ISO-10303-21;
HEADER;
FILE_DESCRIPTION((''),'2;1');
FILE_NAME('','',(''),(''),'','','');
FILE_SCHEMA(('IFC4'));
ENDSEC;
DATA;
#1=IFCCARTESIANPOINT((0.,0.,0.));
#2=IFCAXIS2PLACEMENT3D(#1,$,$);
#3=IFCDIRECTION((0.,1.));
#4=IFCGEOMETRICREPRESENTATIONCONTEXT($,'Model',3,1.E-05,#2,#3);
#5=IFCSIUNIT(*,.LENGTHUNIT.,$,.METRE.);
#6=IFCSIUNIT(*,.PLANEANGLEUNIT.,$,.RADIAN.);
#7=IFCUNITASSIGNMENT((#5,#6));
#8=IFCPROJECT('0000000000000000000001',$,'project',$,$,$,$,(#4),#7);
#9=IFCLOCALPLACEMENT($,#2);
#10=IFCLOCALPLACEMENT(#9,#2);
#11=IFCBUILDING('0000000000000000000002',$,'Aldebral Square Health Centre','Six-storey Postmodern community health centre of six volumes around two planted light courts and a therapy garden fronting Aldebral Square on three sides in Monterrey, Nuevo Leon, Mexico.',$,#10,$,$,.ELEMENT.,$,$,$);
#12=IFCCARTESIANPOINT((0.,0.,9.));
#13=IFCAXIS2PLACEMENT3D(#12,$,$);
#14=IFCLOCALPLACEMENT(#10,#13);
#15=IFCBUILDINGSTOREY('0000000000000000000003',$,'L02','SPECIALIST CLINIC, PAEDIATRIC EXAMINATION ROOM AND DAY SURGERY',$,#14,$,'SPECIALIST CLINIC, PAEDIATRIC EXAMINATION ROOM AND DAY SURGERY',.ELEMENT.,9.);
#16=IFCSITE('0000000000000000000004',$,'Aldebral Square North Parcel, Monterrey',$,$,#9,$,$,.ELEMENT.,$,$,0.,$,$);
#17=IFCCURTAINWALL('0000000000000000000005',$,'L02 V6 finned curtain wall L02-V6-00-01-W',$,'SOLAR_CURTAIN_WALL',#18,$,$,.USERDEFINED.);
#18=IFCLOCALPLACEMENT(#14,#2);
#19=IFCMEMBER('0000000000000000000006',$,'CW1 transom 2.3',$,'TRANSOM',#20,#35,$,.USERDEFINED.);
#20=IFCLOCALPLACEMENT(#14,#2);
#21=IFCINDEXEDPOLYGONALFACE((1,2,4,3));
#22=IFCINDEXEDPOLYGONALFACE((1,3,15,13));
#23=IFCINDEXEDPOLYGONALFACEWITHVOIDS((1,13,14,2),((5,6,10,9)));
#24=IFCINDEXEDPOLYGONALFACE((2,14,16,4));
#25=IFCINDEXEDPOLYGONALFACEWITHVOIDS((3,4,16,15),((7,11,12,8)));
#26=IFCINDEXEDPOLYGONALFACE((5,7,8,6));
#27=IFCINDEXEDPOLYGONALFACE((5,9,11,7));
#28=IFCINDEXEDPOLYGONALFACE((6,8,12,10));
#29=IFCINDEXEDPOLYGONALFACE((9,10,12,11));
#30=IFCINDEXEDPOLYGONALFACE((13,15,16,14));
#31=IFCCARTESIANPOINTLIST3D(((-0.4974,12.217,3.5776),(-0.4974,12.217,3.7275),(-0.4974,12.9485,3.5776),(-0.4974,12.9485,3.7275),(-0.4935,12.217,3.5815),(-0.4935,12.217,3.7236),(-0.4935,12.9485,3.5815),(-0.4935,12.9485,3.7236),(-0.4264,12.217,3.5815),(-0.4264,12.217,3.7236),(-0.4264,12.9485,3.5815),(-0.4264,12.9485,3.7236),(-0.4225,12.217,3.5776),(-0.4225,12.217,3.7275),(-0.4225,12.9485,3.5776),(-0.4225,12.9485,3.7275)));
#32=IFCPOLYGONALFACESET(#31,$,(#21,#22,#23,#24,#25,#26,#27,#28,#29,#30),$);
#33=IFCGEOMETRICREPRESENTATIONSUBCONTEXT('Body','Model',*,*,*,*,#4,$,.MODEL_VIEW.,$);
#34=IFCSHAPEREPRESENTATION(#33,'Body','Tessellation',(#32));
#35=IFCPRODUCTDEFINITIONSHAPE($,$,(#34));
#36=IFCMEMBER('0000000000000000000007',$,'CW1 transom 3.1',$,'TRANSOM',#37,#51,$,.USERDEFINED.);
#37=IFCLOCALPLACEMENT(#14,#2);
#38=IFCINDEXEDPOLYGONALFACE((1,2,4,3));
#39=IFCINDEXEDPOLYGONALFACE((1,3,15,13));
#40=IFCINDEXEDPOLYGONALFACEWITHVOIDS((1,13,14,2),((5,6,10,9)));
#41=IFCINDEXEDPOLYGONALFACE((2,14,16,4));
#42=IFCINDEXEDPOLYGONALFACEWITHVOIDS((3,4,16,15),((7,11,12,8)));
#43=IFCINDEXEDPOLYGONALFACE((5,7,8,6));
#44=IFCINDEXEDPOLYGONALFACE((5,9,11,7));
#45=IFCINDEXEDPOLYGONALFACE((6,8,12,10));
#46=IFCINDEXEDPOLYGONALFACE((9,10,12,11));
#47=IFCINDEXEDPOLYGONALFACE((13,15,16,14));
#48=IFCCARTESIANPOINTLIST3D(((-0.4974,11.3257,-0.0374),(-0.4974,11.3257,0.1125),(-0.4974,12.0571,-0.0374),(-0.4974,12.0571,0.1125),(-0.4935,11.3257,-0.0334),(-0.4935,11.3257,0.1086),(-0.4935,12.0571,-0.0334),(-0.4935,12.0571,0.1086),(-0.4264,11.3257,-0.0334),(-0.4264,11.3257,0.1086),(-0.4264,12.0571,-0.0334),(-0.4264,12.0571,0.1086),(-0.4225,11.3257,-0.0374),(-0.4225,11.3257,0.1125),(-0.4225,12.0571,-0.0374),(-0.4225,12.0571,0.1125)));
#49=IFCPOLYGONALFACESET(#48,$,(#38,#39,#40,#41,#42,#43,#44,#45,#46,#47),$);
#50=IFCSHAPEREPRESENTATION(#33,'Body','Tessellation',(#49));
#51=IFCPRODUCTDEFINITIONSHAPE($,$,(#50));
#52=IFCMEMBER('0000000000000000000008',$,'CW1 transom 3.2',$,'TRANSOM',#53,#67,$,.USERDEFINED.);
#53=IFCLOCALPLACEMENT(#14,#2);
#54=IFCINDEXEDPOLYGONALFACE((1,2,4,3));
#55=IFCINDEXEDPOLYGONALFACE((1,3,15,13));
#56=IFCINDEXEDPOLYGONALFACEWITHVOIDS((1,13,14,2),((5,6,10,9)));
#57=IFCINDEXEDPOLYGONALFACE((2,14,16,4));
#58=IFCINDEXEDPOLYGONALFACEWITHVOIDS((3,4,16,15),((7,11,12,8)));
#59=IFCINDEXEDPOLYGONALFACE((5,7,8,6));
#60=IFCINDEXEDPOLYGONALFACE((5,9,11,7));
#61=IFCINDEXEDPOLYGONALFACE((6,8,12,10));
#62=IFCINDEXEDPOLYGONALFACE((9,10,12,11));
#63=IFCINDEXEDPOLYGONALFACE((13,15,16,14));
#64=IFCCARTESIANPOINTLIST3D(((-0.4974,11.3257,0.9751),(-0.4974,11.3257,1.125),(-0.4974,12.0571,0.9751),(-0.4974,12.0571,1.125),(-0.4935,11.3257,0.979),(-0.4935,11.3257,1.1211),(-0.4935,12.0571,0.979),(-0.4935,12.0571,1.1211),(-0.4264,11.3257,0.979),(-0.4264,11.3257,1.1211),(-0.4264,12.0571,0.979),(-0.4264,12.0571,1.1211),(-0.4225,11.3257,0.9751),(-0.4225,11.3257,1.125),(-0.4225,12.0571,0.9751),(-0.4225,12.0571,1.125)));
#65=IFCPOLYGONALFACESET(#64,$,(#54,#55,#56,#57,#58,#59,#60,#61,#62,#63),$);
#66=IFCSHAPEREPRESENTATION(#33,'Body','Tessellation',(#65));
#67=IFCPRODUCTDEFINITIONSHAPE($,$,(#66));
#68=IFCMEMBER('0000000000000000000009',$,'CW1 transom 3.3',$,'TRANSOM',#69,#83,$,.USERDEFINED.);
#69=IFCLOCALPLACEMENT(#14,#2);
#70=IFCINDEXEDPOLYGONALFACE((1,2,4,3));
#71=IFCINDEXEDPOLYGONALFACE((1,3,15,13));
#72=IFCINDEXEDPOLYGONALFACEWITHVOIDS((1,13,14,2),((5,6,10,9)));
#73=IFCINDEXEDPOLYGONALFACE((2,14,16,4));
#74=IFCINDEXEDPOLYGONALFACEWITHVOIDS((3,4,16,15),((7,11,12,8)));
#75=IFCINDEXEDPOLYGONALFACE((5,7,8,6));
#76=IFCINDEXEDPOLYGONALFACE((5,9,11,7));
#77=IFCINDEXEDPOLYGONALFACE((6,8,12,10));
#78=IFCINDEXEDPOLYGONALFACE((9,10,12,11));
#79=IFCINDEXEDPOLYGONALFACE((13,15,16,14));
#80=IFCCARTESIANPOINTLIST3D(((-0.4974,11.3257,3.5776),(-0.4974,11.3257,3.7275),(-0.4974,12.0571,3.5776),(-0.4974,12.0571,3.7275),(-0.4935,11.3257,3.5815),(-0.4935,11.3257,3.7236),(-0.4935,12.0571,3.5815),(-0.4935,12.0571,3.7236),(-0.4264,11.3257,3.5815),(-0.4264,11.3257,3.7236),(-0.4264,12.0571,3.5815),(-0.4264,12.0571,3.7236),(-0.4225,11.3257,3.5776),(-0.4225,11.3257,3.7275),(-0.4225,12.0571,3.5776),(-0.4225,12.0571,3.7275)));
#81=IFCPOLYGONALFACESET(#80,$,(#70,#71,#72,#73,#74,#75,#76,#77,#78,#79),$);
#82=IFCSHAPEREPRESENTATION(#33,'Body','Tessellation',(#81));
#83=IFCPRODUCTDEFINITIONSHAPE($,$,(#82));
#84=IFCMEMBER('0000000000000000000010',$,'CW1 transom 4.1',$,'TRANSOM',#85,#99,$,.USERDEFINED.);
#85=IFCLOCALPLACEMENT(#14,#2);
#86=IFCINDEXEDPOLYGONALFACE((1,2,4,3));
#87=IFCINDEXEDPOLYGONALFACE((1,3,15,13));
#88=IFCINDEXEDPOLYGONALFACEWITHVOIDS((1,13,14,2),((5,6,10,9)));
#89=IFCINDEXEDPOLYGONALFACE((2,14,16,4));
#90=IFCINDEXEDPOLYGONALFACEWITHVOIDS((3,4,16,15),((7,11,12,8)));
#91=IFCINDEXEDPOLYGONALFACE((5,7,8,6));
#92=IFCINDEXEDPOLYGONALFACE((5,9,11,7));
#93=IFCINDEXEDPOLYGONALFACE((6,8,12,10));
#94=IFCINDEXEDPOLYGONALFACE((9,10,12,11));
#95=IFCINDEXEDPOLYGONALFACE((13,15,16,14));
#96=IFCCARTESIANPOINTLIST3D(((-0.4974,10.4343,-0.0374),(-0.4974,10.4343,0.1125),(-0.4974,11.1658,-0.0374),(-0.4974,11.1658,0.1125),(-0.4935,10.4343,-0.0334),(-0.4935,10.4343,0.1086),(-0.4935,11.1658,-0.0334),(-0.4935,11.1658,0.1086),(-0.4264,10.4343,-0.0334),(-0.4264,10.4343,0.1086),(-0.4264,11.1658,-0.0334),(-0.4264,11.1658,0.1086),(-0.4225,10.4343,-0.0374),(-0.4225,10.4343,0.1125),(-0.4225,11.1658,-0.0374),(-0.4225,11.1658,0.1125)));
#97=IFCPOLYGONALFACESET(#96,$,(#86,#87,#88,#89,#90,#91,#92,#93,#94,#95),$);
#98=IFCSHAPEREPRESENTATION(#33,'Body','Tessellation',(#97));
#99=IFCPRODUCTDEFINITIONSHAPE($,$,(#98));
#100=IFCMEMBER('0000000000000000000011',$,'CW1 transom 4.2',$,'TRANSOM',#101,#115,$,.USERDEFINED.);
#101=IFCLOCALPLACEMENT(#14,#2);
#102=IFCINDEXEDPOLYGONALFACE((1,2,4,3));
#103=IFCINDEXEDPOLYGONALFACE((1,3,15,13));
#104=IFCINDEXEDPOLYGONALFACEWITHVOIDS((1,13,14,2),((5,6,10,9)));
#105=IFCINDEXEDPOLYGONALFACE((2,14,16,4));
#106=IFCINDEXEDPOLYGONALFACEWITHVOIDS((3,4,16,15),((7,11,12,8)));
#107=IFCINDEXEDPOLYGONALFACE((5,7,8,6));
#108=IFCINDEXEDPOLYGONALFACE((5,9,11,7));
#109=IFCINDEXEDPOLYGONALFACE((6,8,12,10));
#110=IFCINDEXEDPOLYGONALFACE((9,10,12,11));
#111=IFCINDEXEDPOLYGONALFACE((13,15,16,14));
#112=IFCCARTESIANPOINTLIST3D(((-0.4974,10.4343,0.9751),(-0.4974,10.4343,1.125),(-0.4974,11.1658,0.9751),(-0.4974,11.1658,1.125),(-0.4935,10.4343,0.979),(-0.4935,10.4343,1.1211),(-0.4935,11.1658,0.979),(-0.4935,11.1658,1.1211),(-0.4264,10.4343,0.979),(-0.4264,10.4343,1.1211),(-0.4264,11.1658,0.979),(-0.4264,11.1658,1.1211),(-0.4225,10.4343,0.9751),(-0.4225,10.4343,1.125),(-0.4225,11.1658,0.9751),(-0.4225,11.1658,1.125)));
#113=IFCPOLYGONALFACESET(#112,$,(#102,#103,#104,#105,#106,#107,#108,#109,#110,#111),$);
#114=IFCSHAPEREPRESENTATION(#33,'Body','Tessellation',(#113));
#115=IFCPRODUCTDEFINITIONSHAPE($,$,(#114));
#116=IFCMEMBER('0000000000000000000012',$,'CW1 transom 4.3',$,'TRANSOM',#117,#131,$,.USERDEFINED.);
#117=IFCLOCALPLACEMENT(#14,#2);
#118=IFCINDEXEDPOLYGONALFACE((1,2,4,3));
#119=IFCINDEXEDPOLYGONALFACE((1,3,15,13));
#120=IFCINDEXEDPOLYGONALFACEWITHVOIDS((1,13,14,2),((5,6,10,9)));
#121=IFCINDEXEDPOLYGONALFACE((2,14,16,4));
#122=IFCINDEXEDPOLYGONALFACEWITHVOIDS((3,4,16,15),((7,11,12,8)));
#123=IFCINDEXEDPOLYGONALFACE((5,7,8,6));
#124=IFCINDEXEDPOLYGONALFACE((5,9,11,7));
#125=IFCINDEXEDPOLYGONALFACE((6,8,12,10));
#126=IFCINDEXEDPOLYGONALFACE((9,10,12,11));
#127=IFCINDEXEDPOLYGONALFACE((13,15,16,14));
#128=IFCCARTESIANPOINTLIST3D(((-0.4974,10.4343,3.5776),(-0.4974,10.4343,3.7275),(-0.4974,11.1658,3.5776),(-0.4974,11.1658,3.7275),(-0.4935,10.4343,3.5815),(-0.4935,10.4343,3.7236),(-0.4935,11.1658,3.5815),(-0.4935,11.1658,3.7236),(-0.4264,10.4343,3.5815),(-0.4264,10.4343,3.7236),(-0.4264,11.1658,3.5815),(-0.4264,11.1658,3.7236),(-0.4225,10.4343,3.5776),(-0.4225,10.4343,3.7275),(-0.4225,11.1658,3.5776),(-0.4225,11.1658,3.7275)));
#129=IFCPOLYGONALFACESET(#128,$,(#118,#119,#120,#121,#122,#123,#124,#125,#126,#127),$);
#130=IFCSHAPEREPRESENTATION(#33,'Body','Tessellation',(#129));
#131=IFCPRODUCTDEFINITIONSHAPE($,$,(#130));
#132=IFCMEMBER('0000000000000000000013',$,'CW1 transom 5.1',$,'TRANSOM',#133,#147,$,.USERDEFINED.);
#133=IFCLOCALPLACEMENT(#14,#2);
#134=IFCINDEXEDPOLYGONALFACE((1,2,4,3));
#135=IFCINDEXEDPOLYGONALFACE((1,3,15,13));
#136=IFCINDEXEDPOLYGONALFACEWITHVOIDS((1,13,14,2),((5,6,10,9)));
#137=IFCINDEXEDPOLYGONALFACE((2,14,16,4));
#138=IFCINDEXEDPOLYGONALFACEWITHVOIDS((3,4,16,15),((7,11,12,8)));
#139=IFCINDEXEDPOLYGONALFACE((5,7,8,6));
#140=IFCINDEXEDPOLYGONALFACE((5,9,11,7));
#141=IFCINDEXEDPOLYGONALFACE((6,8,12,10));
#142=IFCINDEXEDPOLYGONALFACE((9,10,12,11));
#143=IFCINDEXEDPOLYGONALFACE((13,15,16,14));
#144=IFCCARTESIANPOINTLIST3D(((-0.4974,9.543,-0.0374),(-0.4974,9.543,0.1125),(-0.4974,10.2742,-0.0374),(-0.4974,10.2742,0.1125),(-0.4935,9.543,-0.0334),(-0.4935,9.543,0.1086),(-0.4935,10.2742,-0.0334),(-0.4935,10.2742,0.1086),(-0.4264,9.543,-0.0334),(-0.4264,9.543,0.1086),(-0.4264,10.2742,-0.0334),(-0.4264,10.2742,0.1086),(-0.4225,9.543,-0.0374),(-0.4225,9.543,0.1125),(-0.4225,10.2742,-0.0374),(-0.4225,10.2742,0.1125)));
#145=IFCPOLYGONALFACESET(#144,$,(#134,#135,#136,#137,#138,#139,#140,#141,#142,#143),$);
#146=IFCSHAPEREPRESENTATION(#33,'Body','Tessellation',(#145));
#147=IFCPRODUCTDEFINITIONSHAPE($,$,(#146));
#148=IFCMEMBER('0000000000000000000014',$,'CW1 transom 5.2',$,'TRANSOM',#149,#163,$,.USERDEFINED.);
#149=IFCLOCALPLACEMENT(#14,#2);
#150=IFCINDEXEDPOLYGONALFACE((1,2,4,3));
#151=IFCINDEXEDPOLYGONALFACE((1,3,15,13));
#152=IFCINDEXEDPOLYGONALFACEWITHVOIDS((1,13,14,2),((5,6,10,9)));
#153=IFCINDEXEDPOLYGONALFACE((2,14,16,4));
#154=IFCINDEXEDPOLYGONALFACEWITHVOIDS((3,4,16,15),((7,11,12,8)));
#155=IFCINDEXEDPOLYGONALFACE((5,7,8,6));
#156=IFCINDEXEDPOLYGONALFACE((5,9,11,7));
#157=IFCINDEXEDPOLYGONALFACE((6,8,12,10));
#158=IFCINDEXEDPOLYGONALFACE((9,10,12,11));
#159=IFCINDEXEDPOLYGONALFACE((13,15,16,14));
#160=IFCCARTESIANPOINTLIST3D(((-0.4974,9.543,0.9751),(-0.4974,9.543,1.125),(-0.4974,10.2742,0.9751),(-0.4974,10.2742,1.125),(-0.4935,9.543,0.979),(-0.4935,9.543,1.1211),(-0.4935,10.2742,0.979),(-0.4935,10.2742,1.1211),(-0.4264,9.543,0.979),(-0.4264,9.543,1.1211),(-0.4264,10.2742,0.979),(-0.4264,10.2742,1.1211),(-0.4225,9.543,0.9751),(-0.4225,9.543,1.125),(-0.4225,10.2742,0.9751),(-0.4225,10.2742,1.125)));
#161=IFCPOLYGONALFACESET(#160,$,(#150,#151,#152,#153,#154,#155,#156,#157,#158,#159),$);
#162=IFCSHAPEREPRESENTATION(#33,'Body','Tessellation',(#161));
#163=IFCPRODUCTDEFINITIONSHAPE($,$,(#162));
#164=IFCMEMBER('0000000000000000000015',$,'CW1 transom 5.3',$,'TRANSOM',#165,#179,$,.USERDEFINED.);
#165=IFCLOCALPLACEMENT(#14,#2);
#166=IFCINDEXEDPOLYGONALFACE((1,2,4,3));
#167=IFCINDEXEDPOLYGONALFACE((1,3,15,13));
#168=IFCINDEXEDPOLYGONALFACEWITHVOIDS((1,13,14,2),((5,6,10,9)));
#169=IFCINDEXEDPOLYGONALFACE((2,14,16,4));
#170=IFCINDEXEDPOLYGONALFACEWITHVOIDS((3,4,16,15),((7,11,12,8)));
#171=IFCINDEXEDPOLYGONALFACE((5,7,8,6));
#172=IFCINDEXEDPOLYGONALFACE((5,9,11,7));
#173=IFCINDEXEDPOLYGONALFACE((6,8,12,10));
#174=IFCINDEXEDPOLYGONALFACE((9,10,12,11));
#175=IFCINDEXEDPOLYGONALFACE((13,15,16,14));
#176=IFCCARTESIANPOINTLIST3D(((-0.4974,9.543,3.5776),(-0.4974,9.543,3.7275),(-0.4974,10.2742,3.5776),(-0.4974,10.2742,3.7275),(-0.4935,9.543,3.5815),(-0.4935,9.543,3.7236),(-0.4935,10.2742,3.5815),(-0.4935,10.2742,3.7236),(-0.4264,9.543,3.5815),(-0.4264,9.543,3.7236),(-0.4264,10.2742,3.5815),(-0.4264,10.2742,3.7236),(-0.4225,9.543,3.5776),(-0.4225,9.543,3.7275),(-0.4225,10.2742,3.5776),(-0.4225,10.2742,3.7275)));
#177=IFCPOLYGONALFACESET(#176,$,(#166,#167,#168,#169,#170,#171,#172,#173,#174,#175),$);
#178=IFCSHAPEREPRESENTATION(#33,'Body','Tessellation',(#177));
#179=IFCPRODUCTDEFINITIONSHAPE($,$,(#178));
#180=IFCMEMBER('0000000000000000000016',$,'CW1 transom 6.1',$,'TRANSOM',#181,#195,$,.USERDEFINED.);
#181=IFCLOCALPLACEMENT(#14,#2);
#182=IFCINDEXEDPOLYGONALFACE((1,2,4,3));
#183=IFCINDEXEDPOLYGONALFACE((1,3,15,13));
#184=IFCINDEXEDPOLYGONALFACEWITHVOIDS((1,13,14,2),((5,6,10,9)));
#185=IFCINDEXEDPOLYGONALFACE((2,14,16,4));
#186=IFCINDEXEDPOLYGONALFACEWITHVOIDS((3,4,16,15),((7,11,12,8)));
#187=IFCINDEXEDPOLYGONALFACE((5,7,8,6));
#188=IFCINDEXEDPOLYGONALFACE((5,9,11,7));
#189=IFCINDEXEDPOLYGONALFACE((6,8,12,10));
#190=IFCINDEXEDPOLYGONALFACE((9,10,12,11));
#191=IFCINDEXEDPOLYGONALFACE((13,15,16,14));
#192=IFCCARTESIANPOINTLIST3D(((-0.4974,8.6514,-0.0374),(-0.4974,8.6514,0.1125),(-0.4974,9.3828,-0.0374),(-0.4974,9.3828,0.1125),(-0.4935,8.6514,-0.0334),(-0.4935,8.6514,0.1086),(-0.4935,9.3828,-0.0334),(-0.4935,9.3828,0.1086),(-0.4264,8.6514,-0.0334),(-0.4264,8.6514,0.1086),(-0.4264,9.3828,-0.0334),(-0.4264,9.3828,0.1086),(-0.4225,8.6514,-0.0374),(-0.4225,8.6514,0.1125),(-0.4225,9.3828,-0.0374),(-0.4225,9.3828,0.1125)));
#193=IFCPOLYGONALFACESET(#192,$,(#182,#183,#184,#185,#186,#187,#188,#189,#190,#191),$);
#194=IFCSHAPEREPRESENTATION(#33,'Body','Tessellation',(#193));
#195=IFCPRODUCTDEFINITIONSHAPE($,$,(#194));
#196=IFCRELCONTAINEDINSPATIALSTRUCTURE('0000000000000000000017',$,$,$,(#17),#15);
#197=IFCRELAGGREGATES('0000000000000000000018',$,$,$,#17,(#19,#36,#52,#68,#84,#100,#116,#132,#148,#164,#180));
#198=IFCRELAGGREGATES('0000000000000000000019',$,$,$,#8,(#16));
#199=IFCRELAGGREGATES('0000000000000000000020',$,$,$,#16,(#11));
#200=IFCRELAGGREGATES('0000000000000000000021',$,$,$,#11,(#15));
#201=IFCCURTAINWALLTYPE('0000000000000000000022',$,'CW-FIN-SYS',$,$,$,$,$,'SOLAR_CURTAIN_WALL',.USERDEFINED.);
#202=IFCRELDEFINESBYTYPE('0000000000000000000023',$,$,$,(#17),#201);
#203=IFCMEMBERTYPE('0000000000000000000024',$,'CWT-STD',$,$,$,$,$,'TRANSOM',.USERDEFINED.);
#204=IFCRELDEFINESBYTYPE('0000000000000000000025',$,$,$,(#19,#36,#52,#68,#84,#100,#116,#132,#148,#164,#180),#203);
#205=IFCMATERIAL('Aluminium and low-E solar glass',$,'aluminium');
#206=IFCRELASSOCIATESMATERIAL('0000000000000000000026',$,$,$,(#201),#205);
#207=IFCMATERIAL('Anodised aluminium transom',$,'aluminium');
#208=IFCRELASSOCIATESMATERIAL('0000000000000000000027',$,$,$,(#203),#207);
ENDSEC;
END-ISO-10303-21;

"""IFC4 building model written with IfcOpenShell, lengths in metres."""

from ifc_helpers import new_model, si_unit, direction, frame, origin, origin_2d, place, context, subcontext, project, spatial, hollow_rectangle, extrude, material, material_profile, profile_set, type_object, element, aggregate, save


model = new_model("IFC4")

# Units and contexts
model_context = context("Model", 3, precision=1e-05, world=origin(), true_north=direction((0.0, 1.0)))
body_context = subcontext(model_context, "Body", "Model", "MODEL_VIEW")
ifc_project = project(units=[si_unit("LENGTHUNIT", "METRE"), si_unit("PLANEANGLEUNIT", "RADIAN")], contexts=[model_context])

# Site, building, storey
site_placement = place(None, origin())
site = spatial("IfcSite", under=ifc_project, at=site_placement, Name="Aldebral Square North Parcel, Monterrey", CompositionType="ELEMENT", RefElevation=0.0)
building_placement = place(site_placement, origin())
building = spatial("IfcBuilding", under=site, at=building_placement, Name="Aldebral Square Health Centre", Description="Six-storey Postmodern community health centre of six volumes around two planted light courts and a therapy garden fronting Aldebral Square on three sides in Monterrey, Nuevo Leon, Mexico.", CompositionType="ELEMENT")
storey_placement = place(building_placement, frame((0.0, 0.0, 9.0)))
storey = spatial("IfcBuildingStorey", under=building, at=storey_placement, Name="L02", Description="SPECIALIST CLINIC, PAEDIATRIC EXAMINATION ROOM AND DAY SURGERY", LongName="SPECIALIST CLINIC, PAEDIATRIC EXAMINATION ROOM AND DAY SURGERY", CompositionType="ELEMENT", Elevation=9.0)

# Curtain wall, members
ifc_material_1 = material(Name="Aluminium and low-E solar glass", Category="aluminium")
curtain_wall_type = type_object("IfcCurtainWallType", Name="CW-FIN-SYS", ElementType="SOLAR_CURTAIN_WALL", PredefinedType="USERDEFINED", material=ifc_material_1)
curtain_wall_placement = place(storey_placement, origin())
curtain_wall = element("IfcCurtainWall", 1, at=curtain_wall_placement, inside=storey, type_object=curtain_wall_type, Name="L02 V6 finned curtain wall L02-V6-00-01-W", ObjectType="SOLAR_CURTAIN_WALL", PredefinedType="USERDEFINED")
ifc_material_2 = material(Name="Anodised aluminium transom", Category="aluminium")
ifc_material_profile_1 = material_profile(ifc_material_2, hollow_rectangle(XDim=0.075, YDim=0.1499, WallThickness=0.0039, at=origin_2d()), Name="CWT 75x150x4")
ifc_profile_set_1 = profile_set([ifc_material_profile_1], Name="Anodised aluminium transom")
member_type_1 = type_object("IfcMemberType", Name="CWT-STD", ElementType="TRANSOM", PredefinedType="USERDEFINED", material=ifc_profile_set_1)
member_1_placement = place(storey_placement, frame((-0.46, 12.9485, 3.6526), z_axis=(0.0, -1.0, 0.0), x_axis=(1.0, 0.0, 0.0)))
member_1 = element("IfcMember", 2, at=member_1_placement, type_object=member_type_1, Name="CW1 transom 2.3", ObjectType="TRANSOM", PredefinedType="USERDEFINED", context=body_context, shape_type="SweptSolid", body=[
    extrude(hollow_rectangle(XDim=0.075, YDim=0.1499, WallThickness=0.0039, at=origin_2d()), origin(), (0.0, 0.0, 1.0), 0.7314),
])
member_2_placement = place(storey_placement, frame((-0.46, 12.0571, 0.0376), z_axis=(0.0, -1.0, 0.0), x_axis=(1.0, 0.0, 0.0)))
member_2 = element("IfcMember", 3, at=member_2_placement, type_object=member_type_1, Name="CW1 transom 3.1", ObjectType="TRANSOM", PredefinedType="USERDEFINED", context=body_context, shape_type="SweptSolid", body=[
    extrude(hollow_rectangle(XDim=0.075, YDim=0.1499, WallThickness=0.0039, at=origin_2d()), origin(), (0.0, 0.0, 1.0), 0.7314),
])
member_3_placement = place(storey_placement, frame((-0.46, 12.0571, 1.05), z_axis=(0.0, -1.0, 0.0), x_axis=(1.0, 0.0, 0.0)))
member_3 = element("IfcMember", 4, at=member_3_placement, type_object=member_type_1, Name="CW1 transom 3.2", ObjectType="TRANSOM", PredefinedType="USERDEFINED", context=body_context, shape_type="SweptSolid", body=[
    extrude(hollow_rectangle(XDim=0.075, YDim=0.1499, WallThickness=0.0039, at=origin_2d()), origin(), (0.0, 0.0, 1.0), 0.7314),
])
member_4_placement = place(storey_placement, frame((-0.46, 12.0571, 3.6526), z_axis=(0.0, -1.0, 0.0), x_axis=(1.0, 0.0, 0.0)))
member_4 = element("IfcMember", 5, at=member_4_placement, type_object=member_type_1, Name="CW1 transom 3.3", ObjectType="TRANSOM", PredefinedType="USERDEFINED", context=body_context, shape_type="SweptSolid", body=[
    extrude(hollow_rectangle(XDim=0.075, YDim=0.1499, WallThickness=0.0039, at=origin_2d()), origin(), (0.0, 0.0, 1.0), 0.7314),
])
member_5_placement = place(storey_placement, frame((-0.46, 11.1658, 0.0376), z_axis=(0.0, -1.0, 0.0), x_axis=(1.0, 0.0, 0.0)))
member_5 = element("IfcMember", 6, at=member_5_placement, type_object=member_type_1, Name="CW1 transom 4.1", ObjectType="TRANSOM", PredefinedType="USERDEFINED", context=body_context, shape_type="SweptSolid", body=[
    extrude(hollow_rectangle(XDim=0.075, YDim=0.1499, WallThickness=0.0039, at=origin_2d()), origin(), (0.0, 0.0, 1.0), 0.7314),
])
member_6_placement = place(storey_placement, frame((-0.46, 11.1658, 1.05), z_axis=(0.0, -1.0, 0.0), x_axis=(1.0, 0.0, 0.0)))
member_6 = element("IfcMember", 7, at=member_6_placement, type_object=member_type_1, Name="CW1 transom 4.2", ObjectType="TRANSOM", PredefinedType="USERDEFINED", context=body_context, shape_type="SweptSolid", body=[
    extrude(hollow_rectangle(XDim=0.075, YDim=0.1499, WallThickness=0.0039, at=origin_2d()), origin(), (0.0, 0.0, 1.0), 0.7314),
])
member_7_placement = place(storey_placement, frame((-0.46, 11.1658, 3.6526), z_axis=(0.0, -1.0, 0.0), x_axis=(1.0, 0.0, 0.0)))
member_7 = element("IfcMember", 8, at=member_7_placement, type_object=member_type_1, Name="CW1 transom 4.3", ObjectType="TRANSOM", PredefinedType="USERDEFINED", context=body_context, shape_type="SweptSolid", body=[
    extrude(hollow_rectangle(XDim=0.075, YDim=0.1499, WallThickness=0.0039, at=origin_2d()), origin(), (0.0, 0.0, 1.0), 0.7314),
])
member_8_placement = place(storey_placement, frame((-0.46, 10.2742, 0.0376), z_axis=(0.0, -1.0, 0.0), x_axis=(1.0, 0.0, 0.0)))
member_8 = element("IfcMember", 9, at=member_8_placement, type_object=member_type_1, Name="CW1 transom 5.1", ObjectType="TRANSOM", PredefinedType="USERDEFINED", context=body_context, shape_type="SweptSolid", body=[
    extrude(hollow_rectangle(XDim=0.075, YDim=0.1499, WallThickness=0.0039, at=origin_2d()), origin(), (0.0, 0.0, 1.0), 0.7312),
])
member_9_placement = place(storey_placement, frame((-0.46, 10.2742, 1.05), z_axis=(0.0, -1.0, 0.0), x_axis=(1.0, 0.0, 0.0)))
member_9 = element("IfcMember", 10, at=member_9_placement, type_object=member_type_1, Name="CW1 transom 5.2", ObjectType="TRANSOM", PredefinedType="USERDEFINED", context=body_context, shape_type="SweptSolid", body=[
    extrude(hollow_rectangle(XDim=0.075, YDim=0.1499, WallThickness=0.0039, at=origin_2d()), origin(), (0.0, 0.0, 1.0), 0.7312),
])
member_10_placement = place(storey_placement, frame((-0.46, 10.2742, 3.6526), z_axis=(0.0, -1.0, 0.0), x_axis=(1.0, 0.0, 0.0)))
member_10 = element("IfcMember", 11, at=member_10_placement, type_object=member_type_1, Name="CW1 transom 5.3", ObjectType="TRANSOM", PredefinedType="USERDEFINED", context=body_context, shape_type="SweptSolid", body=[
    extrude(hollow_rectangle(XDim=0.075, YDim=0.1499, WallThickness=0.0039, at=origin_2d()), origin(), (0.0, 0.0, 1.0), 0.7312),
])
member_11_placement = place(storey_placement, frame((-0.46, 9.3828, 0.0376), z_axis=(0.0, -1.0, 0.0), x_axis=(1.0, 0.0, 0.0)))
member_11 = element("IfcMember", 12, at=member_11_placement, type_object=member_type_1, Name="CW1 transom 6.1", ObjectType="TRANSOM", PredefinedType="USERDEFINED", context=body_context, shape_type="SweptSolid", body=[
    extrude(hollow_rectangle(XDim=0.075, YDim=0.1499, WallThickness=0.0039, at=origin_2d()), origin(), (0.0, 0.0, 1.0), 0.7314),
])
aggregate(curtain_wall, [member_1, member_2, member_3, member_4, member_5, member_6, member_7, member_8, member_9, member_10, member_11])

save(model, "model.ifc")
